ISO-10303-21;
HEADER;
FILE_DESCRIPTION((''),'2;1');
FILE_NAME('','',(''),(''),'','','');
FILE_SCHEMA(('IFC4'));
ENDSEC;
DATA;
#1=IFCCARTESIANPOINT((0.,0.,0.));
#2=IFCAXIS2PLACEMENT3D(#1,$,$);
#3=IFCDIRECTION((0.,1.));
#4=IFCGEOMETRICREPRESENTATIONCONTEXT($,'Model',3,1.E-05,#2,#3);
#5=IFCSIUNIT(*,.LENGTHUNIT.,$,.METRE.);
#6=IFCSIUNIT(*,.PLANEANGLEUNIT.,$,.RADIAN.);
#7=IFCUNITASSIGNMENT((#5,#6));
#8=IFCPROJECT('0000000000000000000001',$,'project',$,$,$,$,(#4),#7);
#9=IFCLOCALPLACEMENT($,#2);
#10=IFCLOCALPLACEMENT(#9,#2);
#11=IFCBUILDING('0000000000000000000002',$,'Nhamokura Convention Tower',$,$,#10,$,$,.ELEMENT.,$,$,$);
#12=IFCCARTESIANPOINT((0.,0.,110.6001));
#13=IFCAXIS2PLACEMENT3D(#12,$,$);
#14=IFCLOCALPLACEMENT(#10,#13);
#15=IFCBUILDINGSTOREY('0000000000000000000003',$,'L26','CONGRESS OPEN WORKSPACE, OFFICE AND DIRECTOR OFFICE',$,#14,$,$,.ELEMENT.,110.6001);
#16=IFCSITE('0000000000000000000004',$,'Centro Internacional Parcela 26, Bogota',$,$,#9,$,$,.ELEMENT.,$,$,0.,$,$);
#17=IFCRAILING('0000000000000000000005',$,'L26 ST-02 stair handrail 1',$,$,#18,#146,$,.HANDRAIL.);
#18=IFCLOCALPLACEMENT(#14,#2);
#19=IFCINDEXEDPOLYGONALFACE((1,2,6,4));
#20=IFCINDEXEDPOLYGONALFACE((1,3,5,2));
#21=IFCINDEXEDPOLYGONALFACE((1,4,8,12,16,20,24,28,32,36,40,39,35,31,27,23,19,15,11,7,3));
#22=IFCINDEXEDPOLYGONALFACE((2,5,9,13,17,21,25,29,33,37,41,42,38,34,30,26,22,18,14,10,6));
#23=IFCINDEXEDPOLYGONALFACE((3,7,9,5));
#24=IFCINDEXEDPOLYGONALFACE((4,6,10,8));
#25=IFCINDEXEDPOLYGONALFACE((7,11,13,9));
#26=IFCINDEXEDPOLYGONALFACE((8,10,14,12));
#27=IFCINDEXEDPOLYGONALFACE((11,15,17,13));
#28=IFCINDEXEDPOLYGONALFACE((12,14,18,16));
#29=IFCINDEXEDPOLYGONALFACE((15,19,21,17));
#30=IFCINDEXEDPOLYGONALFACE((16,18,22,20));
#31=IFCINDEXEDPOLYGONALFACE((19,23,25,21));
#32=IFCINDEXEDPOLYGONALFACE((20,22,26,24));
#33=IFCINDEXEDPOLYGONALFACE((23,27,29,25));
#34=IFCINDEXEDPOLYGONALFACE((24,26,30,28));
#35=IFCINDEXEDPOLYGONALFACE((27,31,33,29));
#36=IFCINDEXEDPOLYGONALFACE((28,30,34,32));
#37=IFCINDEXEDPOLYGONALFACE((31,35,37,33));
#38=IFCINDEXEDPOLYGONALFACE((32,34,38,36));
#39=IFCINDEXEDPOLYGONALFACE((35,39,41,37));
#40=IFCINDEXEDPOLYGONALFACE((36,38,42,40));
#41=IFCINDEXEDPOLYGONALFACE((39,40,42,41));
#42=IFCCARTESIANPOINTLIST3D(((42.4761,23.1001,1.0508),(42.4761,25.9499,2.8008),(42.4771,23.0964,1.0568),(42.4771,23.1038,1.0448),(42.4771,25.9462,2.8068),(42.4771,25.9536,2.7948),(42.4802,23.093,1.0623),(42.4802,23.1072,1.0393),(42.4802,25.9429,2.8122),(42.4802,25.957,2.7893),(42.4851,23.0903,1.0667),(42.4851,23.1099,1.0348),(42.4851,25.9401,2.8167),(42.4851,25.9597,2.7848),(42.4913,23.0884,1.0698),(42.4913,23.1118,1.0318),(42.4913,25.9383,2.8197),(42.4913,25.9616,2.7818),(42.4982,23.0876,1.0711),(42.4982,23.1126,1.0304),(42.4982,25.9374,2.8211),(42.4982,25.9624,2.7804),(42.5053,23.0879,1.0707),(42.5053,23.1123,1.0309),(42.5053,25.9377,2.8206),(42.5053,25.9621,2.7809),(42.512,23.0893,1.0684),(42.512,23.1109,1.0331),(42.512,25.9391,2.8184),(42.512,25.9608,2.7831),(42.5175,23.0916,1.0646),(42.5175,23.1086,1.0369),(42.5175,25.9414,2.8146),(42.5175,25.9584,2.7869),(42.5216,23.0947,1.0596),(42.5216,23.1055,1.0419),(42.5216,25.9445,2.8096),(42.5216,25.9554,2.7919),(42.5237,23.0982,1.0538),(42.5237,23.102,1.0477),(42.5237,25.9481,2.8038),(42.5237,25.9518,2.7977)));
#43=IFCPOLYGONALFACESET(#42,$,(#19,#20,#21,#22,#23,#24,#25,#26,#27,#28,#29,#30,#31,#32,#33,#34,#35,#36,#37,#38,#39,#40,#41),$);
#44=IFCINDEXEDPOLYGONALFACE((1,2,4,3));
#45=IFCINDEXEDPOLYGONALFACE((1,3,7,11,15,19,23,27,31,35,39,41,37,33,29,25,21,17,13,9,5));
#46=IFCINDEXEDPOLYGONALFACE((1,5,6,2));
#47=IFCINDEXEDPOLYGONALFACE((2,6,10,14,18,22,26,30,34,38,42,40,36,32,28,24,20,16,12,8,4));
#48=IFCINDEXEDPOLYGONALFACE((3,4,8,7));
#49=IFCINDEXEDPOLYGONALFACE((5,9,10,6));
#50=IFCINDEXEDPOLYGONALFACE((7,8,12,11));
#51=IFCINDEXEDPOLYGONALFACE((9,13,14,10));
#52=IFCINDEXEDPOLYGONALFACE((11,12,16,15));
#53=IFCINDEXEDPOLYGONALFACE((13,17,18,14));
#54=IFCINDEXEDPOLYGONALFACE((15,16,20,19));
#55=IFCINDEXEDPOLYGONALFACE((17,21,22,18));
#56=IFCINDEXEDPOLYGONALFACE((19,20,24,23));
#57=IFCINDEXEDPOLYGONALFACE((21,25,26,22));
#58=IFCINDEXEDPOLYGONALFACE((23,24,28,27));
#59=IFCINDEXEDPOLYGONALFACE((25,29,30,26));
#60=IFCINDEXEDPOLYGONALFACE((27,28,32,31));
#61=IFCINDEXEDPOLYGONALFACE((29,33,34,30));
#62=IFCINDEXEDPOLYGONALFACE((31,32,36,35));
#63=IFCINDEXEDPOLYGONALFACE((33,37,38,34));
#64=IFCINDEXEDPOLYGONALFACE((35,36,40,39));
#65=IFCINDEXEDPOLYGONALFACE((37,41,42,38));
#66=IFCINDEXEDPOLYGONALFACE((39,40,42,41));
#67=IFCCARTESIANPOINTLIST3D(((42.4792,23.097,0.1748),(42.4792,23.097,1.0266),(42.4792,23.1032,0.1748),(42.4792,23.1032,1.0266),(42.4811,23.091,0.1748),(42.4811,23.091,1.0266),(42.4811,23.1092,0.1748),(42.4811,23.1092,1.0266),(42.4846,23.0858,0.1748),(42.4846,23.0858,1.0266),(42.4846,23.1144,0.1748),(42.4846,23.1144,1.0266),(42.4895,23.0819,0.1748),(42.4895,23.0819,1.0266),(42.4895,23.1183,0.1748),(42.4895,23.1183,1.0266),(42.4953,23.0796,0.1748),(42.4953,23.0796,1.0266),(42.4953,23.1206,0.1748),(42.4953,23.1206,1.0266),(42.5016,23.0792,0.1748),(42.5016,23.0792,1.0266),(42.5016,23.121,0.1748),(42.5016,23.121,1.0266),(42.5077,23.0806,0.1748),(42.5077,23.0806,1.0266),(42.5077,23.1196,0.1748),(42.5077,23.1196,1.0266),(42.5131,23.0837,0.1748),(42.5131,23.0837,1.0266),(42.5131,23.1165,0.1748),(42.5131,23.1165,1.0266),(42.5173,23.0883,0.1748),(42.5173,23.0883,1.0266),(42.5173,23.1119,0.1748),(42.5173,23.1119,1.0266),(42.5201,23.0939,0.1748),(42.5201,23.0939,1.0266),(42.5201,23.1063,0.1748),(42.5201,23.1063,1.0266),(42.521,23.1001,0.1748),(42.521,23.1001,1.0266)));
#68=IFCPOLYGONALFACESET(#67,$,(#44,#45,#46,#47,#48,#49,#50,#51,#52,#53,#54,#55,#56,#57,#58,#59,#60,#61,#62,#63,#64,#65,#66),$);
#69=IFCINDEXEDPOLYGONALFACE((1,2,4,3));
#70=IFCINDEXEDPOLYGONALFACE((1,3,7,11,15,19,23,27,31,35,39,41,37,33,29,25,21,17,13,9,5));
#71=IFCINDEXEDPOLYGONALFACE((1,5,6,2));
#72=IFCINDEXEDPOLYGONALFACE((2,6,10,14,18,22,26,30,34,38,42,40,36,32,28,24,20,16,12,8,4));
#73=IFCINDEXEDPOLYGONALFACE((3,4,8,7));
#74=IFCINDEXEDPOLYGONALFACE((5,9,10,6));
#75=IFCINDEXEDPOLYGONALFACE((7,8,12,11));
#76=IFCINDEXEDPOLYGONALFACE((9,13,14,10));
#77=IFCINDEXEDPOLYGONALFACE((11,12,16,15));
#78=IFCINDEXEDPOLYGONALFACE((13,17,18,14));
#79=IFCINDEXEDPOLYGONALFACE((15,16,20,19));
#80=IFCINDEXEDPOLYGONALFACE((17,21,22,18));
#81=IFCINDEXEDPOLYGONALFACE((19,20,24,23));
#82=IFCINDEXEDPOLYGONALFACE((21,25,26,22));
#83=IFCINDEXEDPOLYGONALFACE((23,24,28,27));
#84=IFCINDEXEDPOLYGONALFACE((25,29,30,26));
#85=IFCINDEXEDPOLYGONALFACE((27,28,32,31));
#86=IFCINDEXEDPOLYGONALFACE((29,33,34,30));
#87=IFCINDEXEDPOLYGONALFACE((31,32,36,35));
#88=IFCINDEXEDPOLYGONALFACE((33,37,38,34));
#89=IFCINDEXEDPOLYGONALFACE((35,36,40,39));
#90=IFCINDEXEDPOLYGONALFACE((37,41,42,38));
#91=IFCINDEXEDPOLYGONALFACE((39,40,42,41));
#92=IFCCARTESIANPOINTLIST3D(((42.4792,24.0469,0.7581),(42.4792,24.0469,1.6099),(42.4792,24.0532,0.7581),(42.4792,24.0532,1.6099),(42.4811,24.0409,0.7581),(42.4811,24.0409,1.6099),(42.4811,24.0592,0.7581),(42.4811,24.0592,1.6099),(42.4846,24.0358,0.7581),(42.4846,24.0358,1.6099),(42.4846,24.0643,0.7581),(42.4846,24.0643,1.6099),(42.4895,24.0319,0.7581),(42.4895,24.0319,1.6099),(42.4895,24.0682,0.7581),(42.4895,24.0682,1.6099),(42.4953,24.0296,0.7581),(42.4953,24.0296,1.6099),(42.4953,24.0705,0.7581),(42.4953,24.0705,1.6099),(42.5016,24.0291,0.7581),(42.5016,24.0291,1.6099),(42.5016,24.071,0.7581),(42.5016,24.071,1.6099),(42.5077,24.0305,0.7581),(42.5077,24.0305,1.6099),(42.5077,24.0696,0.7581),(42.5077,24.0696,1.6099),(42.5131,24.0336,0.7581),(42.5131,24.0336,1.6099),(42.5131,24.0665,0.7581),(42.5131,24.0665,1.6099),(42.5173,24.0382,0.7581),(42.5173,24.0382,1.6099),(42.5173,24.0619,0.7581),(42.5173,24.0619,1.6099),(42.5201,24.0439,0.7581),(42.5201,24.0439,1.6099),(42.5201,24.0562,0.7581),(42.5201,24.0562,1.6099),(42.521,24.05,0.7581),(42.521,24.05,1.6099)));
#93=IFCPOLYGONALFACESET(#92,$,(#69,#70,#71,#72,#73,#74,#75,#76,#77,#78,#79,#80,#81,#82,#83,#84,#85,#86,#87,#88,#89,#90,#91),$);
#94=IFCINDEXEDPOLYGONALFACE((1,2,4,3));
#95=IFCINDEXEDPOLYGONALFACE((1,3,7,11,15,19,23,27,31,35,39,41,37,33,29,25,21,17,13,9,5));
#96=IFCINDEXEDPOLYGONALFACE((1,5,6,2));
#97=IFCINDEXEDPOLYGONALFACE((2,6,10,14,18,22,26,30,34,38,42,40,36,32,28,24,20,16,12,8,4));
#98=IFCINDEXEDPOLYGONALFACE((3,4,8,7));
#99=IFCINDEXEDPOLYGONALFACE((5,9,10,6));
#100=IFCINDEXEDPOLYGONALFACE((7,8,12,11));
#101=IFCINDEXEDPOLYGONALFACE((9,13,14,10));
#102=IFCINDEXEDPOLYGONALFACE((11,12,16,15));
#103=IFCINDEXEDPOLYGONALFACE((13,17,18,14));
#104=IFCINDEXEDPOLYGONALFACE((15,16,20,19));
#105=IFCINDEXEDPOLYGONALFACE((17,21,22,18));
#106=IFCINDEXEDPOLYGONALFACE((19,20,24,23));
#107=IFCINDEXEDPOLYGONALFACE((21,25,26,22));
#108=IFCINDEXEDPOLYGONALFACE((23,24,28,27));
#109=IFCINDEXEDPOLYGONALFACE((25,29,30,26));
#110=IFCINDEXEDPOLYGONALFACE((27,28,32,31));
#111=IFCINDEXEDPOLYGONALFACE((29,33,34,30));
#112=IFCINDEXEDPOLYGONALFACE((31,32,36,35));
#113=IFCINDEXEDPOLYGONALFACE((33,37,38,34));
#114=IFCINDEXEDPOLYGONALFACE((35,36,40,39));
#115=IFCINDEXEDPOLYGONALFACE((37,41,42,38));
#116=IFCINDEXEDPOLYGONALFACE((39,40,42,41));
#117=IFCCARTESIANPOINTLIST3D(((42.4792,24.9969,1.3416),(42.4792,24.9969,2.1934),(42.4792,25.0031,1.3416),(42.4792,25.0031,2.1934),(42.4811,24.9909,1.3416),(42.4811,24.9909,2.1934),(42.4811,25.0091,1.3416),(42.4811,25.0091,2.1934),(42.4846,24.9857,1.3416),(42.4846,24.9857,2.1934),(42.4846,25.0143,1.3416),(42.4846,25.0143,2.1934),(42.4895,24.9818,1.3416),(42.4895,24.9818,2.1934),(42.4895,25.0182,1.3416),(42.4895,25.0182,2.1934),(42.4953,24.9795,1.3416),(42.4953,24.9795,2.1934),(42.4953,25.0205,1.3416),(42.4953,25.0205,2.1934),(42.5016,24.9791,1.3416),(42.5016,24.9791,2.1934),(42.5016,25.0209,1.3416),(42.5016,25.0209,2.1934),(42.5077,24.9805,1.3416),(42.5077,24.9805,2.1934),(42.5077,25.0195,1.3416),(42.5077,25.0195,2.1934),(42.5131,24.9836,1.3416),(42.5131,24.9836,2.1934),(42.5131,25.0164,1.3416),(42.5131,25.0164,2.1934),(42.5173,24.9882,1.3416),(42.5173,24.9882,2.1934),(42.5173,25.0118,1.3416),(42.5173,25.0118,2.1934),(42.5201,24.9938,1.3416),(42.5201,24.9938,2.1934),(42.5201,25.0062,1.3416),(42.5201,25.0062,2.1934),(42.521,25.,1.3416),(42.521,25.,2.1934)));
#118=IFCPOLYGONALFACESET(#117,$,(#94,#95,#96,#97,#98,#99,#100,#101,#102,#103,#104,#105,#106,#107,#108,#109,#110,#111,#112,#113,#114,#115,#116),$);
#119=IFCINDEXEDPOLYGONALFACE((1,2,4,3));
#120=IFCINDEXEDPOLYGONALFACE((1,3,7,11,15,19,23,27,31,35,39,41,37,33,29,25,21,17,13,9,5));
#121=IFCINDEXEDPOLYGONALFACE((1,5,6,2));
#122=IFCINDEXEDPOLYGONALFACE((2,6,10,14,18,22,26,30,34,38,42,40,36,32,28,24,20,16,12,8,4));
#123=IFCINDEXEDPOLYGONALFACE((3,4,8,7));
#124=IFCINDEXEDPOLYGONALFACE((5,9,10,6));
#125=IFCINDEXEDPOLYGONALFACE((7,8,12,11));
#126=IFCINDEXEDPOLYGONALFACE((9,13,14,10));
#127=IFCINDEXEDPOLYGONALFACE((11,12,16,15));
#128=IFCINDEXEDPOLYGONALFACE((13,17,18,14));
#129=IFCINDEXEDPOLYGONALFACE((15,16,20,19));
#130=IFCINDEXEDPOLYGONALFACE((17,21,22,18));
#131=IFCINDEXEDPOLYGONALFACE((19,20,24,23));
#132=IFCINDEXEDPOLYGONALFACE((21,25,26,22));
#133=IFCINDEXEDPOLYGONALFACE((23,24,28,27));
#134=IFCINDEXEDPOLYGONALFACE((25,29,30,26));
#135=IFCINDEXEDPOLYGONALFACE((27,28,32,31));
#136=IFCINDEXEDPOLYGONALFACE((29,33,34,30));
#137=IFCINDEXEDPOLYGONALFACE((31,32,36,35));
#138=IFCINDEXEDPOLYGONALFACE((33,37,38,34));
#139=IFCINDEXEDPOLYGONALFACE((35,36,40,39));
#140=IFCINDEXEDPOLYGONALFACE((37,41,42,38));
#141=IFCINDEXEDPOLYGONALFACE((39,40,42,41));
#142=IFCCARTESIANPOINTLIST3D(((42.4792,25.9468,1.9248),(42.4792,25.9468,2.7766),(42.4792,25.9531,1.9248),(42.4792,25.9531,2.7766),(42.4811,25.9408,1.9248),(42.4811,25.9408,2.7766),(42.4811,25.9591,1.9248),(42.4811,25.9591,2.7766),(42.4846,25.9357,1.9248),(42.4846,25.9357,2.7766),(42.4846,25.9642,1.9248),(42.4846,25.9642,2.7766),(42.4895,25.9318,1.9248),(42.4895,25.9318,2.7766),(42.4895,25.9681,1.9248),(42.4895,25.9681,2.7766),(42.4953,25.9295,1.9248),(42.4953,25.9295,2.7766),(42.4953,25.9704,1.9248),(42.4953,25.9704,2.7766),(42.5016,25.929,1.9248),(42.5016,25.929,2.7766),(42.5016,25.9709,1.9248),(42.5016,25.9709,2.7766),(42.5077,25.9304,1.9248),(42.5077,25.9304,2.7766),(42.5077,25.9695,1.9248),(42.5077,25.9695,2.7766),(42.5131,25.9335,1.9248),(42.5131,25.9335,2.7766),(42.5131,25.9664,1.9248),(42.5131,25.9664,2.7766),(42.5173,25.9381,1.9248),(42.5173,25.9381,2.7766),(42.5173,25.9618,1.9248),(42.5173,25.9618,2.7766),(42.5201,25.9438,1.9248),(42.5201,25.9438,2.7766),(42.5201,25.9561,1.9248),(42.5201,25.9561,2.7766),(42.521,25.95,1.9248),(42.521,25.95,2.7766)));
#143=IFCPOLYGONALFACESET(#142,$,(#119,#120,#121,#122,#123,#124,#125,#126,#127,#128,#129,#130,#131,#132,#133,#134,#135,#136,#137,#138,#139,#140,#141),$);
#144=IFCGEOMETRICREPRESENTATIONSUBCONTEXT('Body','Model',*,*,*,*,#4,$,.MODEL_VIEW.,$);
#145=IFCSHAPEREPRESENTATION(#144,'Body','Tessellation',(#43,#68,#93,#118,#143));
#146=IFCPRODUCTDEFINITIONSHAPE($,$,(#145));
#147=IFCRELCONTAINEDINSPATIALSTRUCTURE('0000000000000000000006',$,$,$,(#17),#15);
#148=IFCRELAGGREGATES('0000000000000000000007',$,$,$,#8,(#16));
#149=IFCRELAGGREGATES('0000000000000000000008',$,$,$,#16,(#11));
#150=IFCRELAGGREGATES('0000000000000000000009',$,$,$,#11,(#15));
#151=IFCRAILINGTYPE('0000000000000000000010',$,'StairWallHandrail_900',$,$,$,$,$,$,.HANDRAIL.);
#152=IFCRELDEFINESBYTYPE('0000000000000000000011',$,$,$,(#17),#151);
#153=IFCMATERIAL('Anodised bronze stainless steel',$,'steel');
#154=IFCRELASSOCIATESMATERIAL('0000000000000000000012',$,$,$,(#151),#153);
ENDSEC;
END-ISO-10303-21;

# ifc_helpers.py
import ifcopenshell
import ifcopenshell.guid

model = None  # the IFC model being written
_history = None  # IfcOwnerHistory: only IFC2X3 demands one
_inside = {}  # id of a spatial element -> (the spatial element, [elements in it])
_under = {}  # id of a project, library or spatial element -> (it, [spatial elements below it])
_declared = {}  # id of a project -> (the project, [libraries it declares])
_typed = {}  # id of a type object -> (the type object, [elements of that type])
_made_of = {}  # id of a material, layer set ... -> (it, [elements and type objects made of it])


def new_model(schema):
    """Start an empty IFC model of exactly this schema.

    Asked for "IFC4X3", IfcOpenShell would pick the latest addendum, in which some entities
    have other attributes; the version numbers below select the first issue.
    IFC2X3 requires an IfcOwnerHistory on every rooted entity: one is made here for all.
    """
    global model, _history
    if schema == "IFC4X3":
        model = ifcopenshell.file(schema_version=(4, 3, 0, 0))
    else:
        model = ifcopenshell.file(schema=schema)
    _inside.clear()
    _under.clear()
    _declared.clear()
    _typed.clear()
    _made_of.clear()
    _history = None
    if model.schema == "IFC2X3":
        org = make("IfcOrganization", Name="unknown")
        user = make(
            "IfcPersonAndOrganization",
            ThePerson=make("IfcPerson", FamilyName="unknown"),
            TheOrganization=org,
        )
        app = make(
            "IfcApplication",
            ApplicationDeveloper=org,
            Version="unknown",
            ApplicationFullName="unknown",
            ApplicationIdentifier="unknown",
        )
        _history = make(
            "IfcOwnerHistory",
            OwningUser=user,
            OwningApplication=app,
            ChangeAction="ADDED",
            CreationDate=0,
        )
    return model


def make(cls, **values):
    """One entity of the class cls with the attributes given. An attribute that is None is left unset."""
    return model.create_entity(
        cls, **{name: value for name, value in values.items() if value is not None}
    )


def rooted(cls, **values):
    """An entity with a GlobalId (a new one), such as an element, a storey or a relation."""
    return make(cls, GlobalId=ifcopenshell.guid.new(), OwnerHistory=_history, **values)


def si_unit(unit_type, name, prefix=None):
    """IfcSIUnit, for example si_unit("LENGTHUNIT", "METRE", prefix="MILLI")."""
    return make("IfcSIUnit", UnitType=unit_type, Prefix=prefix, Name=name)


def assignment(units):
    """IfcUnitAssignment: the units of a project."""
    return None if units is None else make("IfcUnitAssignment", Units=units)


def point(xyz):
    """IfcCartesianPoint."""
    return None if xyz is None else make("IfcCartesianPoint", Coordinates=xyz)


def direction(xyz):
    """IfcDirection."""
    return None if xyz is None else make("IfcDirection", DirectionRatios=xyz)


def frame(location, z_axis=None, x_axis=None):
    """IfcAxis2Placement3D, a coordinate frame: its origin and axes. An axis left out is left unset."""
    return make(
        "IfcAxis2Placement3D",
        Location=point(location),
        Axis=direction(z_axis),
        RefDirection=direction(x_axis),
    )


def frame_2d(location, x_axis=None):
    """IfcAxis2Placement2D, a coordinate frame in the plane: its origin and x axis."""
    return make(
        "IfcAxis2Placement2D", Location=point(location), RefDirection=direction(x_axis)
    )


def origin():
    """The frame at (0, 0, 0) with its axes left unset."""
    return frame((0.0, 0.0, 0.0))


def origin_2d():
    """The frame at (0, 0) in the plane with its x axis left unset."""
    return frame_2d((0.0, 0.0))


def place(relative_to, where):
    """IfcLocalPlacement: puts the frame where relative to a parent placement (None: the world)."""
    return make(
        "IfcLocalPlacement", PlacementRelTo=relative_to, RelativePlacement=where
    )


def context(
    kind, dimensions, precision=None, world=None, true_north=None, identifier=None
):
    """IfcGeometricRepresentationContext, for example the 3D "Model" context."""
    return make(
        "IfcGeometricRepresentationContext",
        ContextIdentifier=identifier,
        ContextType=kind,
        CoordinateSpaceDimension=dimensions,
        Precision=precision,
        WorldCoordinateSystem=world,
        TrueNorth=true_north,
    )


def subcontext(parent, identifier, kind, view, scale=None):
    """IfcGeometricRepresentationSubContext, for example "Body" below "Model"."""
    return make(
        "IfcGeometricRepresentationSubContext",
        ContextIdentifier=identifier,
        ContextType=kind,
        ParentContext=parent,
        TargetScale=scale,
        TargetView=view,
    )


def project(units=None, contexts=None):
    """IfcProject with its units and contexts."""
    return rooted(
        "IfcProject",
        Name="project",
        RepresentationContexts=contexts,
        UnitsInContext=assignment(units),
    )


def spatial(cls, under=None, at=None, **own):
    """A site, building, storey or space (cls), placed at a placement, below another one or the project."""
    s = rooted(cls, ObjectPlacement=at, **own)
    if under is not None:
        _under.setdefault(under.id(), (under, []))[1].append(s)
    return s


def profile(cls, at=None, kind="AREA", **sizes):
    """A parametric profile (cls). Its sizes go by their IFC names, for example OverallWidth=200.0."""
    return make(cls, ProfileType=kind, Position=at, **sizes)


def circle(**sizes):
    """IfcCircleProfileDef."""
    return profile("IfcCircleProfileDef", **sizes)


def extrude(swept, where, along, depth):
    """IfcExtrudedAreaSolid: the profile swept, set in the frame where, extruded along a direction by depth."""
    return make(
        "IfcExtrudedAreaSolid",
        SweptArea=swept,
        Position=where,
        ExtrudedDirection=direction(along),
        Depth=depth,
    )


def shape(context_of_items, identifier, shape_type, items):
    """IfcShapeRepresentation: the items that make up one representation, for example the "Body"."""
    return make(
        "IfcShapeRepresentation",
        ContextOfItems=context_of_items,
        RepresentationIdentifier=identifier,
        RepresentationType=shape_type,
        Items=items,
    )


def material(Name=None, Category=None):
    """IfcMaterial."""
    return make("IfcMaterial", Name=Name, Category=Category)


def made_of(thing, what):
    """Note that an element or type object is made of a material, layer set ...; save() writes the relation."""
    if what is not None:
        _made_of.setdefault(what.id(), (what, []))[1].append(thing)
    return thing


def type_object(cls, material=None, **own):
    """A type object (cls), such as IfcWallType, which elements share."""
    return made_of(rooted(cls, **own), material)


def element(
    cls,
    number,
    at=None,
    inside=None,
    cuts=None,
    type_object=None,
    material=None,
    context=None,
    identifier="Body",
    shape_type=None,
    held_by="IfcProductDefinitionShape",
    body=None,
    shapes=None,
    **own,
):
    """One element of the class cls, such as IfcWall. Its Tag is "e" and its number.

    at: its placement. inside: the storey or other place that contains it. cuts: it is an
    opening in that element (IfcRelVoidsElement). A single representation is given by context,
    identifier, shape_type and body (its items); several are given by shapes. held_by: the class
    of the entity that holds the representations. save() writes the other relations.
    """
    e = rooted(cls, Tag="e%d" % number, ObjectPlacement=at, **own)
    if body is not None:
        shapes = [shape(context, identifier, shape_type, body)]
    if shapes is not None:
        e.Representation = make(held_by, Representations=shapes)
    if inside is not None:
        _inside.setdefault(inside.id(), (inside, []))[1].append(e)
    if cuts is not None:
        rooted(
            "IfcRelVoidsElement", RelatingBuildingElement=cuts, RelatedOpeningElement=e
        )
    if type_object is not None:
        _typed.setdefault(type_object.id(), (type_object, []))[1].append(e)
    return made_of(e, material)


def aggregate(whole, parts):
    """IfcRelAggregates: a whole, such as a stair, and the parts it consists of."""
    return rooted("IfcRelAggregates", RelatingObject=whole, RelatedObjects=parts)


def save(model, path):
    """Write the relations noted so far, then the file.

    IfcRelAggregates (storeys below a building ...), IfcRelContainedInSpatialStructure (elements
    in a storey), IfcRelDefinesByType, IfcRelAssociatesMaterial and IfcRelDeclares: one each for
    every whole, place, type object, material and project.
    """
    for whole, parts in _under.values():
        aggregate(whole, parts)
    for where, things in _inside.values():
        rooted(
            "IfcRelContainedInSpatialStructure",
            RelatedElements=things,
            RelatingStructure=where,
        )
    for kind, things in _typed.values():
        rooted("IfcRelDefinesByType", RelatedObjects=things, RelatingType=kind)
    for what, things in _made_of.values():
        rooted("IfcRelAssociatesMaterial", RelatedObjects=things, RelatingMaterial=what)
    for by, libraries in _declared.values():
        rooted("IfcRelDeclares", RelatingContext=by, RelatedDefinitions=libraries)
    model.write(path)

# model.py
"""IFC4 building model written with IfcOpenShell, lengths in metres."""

from ifc_helpers import new_model, si_unit, direction, frame, origin, origin_2d, place, context, subcontext, project, spatial, circle, extrude, material, type_object, element, save


model = new_model("IFC4")

# Units and contexts
model_context = context("Model", 3, precision=1e-05, world=origin(), true_north=direction((0.0, 1.0)))
body_context = subcontext(model_context, "Body", "Model", "MODEL_VIEW")
ifc_project = project(units=[si_unit("LENGTHUNIT", "METRE"), si_unit("PLANEANGLEUNIT", "RADIAN")], contexts=[model_context])

# Site, building, storey
site_placement = place(None, origin())
site = spatial("IfcSite", under=ifc_project, at=site_placement, Name="Centro Internacional Parcela 26, Bogota", CompositionType="ELEMENT", RefElevation=0.0)
building_placement = place(site_placement, origin())
building = spatial("IfcBuilding", under=site, at=building_placement, Name="Nhamokura Convention Tower", CompositionType="ELEMENT")
storey_placement = place(building_placement, frame((0.0, 0.0, 110.6001)))
storey = spatial("IfcBuildingStorey", under=building, at=storey_placement, Name="L26", Description="CONGRESS OPEN WORKSPACE, OFFICE AND DIRECTOR OFFICE", CompositionType="ELEMENT", Elevation=110.6001)

# Railing
ifc_material_1 = material(Name="Anodised bronze stainless steel", Category="steel")
railing_type_1 = type_object("IfcRailingType", Name="StairWallHandrail_900", PredefinedType="HANDRAIL", material=ifc_material_1)
railing_1_placement = place(storey_placement, frame((42.5, 23.1001, 0.1748)))
element("IfcRailing", 1, at=railing_1_placement, inside=storey, type_object=railing_type_1, Name="L26 ST-02 stair handrail 1", PredefinedType="HANDRAIL", context=body_context, shape_type="SweptSolid", body=[
    extrude(circle(Radius=0.0239, at=origin_2d()), frame((0.0, 0.0, 0.876), z_axis=(0.0, 0.852159, 0.523283), x_axis=(-1.0, 0.0, 0.0)), (0.0, 0.0, 1.0), 3.3442),
    extrude(circle(Radius=0.021, at=origin_2d()), origin(), (0.0, 0.0, 1.0), 0.8518),
    extrude(circle(Radius=0.021, at=origin_2d()), frame((0.0, 0.95, 0.5833)), (0.0, 0.0, 1.0), 0.8518),
    extrude(circle(Radius=0.021, at=origin_2d()), frame((0.0, 1.8999, 1.1667)), (0.0, 0.0, 1.0), 0.8518),
    extrude(circle(Radius=0.021, at=origin_2d()), frame((0.0, 2.8499, 1.75)), (0.0, 0.0, 1.0), 0.8518),
])

save(model, "model.ifc")
